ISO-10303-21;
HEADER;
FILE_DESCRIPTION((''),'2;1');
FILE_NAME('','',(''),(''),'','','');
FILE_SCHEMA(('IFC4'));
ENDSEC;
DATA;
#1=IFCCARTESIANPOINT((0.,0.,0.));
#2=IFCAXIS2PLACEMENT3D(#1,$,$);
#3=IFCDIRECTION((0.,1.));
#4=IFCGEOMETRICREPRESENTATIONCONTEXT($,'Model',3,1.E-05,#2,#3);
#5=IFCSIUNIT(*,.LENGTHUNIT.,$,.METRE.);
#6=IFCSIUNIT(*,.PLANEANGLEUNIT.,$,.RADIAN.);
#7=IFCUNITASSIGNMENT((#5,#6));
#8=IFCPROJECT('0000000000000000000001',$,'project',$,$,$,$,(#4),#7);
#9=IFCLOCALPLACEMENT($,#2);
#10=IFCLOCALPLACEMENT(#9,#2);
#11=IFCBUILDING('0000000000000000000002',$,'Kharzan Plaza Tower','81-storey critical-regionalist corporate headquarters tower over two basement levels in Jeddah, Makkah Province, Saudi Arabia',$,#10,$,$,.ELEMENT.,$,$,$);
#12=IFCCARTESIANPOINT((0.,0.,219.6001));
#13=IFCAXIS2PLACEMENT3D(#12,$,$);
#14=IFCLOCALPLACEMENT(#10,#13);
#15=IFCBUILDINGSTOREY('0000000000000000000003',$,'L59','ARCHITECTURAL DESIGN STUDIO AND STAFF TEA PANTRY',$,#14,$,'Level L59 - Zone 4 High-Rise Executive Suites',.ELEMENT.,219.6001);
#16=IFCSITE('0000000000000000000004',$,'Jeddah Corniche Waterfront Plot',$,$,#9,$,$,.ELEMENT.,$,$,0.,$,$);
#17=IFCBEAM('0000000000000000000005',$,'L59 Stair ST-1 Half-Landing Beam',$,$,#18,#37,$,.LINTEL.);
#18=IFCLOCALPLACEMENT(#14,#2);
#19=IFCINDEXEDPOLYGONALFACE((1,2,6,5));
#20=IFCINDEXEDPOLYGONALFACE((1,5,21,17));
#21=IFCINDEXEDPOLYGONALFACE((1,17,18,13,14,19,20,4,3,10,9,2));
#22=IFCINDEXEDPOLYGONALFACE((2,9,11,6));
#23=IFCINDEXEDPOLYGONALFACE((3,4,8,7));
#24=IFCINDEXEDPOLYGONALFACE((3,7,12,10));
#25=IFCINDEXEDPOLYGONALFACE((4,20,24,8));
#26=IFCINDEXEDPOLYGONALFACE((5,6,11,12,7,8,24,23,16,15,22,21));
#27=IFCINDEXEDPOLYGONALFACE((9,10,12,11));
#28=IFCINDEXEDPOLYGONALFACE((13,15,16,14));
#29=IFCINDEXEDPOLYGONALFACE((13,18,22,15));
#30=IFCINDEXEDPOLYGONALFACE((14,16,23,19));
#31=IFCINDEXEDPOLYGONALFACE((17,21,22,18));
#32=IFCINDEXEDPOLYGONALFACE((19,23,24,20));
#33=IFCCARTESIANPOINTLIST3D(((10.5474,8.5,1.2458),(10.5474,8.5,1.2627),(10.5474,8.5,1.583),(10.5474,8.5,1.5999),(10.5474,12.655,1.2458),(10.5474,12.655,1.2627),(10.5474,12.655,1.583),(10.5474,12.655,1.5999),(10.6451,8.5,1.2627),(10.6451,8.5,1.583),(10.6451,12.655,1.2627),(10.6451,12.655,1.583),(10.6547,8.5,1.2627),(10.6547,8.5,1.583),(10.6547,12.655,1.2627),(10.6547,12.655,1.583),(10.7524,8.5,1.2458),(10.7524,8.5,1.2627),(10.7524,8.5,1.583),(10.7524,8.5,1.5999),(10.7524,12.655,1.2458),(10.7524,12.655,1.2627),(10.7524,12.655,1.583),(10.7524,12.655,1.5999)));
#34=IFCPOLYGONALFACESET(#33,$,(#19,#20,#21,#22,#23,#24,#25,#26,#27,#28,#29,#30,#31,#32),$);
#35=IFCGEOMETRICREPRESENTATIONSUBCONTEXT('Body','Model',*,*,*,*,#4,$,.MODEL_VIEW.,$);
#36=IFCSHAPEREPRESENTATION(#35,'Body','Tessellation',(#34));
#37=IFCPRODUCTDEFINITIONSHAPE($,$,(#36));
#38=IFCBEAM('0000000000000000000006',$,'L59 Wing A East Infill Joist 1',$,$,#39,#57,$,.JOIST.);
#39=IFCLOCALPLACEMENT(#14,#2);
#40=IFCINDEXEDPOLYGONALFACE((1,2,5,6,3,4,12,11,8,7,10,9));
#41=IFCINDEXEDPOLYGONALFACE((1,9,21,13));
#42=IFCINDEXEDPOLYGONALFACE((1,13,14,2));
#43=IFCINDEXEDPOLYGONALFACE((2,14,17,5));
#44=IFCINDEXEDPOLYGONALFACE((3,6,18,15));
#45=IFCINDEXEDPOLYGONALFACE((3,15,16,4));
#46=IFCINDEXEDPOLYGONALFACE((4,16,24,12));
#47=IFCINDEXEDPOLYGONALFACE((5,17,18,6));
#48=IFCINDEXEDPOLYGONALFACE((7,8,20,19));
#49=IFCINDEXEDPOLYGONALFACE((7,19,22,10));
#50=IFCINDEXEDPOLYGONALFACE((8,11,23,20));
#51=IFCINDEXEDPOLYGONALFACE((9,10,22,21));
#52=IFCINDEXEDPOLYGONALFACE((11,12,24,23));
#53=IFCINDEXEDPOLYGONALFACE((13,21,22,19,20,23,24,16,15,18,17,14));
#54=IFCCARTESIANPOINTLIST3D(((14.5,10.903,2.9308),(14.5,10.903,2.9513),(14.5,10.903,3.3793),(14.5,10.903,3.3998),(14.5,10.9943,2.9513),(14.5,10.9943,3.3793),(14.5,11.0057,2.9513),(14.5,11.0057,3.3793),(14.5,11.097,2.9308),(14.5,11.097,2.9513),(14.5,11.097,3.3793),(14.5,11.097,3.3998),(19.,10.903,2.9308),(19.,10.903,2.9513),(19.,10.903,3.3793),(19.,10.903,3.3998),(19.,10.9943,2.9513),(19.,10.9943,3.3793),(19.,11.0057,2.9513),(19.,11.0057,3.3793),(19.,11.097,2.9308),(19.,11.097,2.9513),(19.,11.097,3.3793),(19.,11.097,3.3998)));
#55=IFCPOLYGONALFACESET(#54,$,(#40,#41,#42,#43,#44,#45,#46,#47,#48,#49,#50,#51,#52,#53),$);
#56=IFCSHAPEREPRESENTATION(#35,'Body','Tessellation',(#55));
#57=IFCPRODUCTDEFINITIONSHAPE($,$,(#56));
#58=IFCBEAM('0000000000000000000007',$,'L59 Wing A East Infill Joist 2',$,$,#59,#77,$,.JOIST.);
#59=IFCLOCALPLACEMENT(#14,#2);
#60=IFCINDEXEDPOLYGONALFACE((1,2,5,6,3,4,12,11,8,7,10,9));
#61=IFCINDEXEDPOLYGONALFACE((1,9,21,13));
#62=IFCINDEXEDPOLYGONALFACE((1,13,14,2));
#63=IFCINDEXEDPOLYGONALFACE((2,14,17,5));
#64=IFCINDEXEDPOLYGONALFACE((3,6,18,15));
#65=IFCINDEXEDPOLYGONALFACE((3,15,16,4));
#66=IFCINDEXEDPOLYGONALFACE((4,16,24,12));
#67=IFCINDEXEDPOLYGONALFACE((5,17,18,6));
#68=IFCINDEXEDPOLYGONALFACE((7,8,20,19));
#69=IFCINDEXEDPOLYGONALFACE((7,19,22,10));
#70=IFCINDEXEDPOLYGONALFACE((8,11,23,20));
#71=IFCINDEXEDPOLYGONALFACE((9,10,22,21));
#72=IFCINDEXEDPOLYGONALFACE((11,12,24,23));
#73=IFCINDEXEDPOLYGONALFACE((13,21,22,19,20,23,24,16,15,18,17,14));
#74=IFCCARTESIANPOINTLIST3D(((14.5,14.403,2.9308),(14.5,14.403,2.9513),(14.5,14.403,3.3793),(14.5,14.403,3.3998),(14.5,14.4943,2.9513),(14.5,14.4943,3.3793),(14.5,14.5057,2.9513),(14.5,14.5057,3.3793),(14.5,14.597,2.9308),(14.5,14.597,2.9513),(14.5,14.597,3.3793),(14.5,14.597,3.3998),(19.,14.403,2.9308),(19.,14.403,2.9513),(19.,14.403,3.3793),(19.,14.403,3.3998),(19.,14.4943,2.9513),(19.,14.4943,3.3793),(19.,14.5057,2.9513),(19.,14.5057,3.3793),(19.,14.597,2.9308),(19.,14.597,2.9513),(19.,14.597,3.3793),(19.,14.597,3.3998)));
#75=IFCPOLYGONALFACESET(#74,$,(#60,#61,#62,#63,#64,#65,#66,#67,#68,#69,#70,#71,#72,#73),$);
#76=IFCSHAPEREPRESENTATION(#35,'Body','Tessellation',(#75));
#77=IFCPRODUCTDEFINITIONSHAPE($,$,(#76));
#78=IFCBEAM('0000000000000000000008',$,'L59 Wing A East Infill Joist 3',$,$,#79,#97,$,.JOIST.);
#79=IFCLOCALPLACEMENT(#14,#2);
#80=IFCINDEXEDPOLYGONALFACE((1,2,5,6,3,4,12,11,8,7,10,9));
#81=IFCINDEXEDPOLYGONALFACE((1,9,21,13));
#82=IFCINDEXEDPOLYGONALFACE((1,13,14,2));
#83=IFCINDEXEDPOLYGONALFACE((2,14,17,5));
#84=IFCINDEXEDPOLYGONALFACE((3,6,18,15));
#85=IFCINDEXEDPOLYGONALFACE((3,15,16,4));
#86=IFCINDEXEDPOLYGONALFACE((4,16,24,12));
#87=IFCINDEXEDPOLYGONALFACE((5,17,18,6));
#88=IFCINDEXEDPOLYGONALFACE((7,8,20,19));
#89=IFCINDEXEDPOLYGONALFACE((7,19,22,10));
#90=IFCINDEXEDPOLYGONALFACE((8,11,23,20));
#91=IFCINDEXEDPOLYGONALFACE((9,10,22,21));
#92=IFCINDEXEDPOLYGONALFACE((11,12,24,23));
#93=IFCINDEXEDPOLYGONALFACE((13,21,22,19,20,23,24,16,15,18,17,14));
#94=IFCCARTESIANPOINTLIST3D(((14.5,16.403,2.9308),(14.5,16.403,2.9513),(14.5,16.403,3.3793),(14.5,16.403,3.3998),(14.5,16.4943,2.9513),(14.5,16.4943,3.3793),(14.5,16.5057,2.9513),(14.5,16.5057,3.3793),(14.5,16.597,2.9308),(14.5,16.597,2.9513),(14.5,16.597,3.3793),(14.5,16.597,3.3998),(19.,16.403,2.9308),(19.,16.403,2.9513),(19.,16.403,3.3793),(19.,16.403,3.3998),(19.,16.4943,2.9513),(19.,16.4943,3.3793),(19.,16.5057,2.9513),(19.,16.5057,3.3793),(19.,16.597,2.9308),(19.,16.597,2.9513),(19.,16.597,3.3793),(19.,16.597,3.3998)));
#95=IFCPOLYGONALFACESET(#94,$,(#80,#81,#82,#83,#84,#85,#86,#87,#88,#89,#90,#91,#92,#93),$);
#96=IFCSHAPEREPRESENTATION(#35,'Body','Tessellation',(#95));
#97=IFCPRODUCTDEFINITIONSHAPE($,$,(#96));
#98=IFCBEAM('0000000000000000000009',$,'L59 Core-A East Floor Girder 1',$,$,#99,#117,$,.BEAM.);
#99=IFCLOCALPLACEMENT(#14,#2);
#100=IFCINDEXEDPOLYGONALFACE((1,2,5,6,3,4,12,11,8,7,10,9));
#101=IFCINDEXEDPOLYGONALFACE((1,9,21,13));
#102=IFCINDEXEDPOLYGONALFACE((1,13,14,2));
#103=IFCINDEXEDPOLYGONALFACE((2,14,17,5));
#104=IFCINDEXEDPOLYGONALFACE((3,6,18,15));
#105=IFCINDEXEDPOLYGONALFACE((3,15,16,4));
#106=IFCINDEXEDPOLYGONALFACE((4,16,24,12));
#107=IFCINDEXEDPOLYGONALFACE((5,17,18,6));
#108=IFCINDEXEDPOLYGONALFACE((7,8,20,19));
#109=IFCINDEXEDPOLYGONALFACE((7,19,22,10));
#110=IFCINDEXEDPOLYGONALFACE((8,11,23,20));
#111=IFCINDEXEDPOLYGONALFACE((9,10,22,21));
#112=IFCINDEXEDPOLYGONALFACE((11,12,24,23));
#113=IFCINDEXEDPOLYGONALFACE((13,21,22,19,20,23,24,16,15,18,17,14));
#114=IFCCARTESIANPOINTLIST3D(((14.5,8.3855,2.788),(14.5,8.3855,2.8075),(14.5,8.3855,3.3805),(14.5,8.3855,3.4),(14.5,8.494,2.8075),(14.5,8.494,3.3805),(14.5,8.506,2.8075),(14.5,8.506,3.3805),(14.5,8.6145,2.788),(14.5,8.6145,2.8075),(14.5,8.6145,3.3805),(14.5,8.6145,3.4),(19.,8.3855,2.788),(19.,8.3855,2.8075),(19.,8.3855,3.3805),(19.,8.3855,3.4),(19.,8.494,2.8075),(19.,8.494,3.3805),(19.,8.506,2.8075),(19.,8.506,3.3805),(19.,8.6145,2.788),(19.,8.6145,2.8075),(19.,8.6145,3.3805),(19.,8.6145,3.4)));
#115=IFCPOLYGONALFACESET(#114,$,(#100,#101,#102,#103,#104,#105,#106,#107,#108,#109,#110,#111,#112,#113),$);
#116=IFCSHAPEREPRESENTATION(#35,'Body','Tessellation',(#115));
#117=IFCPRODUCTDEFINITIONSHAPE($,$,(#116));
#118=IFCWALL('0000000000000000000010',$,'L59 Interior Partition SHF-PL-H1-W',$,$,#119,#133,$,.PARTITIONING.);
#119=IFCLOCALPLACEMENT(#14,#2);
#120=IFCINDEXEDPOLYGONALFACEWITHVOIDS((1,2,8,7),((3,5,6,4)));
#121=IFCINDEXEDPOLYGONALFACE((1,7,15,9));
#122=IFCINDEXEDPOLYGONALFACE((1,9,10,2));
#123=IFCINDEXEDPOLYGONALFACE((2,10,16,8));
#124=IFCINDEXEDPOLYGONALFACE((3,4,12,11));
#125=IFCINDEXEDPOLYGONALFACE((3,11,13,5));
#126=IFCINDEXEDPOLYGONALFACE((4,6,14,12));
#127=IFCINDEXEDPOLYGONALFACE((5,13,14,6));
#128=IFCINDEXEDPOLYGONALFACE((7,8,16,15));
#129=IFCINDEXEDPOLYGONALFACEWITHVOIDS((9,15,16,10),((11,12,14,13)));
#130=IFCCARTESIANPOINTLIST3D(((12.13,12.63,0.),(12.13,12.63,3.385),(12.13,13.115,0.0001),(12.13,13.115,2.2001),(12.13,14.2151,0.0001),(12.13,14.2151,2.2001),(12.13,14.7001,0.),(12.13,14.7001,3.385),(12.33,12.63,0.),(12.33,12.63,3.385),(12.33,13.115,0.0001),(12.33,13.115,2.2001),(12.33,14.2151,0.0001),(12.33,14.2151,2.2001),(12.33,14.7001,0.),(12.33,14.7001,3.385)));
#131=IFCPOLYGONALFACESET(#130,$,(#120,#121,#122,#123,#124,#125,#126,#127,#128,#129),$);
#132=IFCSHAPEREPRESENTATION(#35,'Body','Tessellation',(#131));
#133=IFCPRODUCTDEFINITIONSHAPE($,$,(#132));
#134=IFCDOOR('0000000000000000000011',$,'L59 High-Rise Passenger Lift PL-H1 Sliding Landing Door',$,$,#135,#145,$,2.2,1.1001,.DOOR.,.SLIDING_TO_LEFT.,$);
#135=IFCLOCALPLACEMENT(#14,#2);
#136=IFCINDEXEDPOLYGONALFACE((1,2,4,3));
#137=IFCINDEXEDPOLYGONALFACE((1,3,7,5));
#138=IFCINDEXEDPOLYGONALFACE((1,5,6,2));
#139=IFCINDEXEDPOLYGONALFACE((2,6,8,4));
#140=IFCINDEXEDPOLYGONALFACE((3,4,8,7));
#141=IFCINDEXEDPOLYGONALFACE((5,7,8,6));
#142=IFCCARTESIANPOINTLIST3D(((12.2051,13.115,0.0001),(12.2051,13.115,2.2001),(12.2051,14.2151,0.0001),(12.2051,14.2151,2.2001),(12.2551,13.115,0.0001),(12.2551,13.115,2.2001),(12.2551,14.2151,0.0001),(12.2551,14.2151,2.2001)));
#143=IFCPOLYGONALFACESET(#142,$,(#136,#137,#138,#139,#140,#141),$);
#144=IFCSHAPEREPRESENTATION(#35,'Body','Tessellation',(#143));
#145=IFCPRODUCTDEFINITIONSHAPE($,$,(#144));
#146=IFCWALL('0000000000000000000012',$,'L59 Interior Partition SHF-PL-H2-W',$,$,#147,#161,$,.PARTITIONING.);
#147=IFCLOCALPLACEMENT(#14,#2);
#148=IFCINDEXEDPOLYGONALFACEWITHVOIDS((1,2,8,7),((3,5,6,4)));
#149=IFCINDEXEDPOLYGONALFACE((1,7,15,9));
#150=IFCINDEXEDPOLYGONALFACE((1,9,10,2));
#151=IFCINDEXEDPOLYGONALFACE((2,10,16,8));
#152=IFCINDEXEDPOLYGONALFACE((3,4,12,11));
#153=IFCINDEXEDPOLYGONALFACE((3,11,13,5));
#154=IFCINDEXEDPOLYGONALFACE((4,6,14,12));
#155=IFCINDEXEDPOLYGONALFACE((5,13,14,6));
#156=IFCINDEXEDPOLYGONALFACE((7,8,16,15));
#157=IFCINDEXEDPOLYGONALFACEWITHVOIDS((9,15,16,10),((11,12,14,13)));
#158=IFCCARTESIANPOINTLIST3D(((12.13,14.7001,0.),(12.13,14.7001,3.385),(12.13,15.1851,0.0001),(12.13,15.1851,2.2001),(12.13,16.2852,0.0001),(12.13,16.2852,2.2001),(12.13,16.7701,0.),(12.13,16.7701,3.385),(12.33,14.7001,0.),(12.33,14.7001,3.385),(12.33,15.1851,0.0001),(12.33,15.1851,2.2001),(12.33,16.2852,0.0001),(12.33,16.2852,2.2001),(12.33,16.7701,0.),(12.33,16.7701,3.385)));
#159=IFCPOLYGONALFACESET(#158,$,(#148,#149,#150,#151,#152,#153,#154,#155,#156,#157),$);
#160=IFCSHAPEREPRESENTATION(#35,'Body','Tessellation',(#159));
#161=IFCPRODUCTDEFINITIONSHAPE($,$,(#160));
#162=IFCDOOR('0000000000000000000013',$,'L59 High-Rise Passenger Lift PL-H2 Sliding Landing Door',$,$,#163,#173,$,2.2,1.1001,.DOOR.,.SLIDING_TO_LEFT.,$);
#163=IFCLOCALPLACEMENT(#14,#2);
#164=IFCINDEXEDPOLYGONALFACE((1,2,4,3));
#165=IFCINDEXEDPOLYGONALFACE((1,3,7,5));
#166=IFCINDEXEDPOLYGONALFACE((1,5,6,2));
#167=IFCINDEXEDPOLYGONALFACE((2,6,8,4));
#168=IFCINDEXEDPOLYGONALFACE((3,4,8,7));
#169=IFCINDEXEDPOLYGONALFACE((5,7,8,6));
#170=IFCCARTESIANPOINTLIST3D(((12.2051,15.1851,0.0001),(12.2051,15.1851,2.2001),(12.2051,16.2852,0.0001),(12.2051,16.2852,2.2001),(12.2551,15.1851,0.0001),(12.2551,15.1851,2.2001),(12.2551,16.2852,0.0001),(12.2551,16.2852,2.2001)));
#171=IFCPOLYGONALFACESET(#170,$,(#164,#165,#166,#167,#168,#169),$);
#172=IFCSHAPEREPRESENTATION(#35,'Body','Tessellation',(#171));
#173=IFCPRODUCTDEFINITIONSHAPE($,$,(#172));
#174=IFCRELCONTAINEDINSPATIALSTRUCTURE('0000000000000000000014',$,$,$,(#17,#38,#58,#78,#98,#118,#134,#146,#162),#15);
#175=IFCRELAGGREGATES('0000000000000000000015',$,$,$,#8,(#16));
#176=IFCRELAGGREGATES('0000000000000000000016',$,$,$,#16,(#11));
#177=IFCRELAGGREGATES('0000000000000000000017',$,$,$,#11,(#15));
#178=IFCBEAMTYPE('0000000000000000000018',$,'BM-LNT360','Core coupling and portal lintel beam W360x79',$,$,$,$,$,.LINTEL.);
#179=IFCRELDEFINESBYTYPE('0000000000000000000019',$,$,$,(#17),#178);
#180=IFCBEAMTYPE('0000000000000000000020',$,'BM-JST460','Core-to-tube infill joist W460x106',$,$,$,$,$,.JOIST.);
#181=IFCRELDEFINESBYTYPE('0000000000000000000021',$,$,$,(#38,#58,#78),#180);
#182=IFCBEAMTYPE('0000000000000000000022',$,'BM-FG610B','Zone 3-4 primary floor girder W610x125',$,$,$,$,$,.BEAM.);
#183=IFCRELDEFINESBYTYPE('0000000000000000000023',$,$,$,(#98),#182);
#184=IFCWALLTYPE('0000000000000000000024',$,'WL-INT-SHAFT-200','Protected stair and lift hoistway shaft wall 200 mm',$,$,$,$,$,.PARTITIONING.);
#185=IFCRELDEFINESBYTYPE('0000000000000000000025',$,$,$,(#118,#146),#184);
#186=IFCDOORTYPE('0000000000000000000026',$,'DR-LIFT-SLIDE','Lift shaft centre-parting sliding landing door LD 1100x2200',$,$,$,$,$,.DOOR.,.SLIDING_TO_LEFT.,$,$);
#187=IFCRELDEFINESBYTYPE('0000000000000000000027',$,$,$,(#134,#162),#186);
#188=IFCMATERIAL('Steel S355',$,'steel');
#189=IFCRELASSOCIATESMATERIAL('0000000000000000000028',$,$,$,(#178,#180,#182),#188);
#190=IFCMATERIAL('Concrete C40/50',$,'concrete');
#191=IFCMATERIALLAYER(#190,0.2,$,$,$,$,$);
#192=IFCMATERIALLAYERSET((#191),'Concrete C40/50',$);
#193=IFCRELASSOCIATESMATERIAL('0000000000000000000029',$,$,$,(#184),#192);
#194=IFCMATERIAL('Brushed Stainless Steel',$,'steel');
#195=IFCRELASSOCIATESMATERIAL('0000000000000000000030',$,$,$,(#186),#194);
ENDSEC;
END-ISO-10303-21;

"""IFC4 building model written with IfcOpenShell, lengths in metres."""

from ifc_helpers import new_model, si_unit, direction, frame, frame_2d, origin, origin_2d, place, context, subcontext, project, spatial, rectangle, i_section, extrude, source, transform, mapped, material, layer, layer_set, material_profile, profile_set, type_object, element, fill, save


model = new_model("IFC4")

# Units and contexts
model_context = context("Model", 3, precision=1e-05, world=origin(), true_north=direction((0.0, 1.0)))
body_context = subcontext(model_context, "Body", "Model", "MODEL_VIEW")
ifc_project = project(units=[si_unit("LENGTHUNIT", "METRE"), si_unit("PLANEANGLEUNIT", "RADIAN")], contexts=[model_context])

# Site, building, storey
site_placement = place(None, origin())
site = spatial("IfcSite", under=ifc_project, at=site_placement, Name="Jeddah Corniche Waterfront Plot", CompositionType="ELEMENT", RefElevation=0.0)
building_placement = place(site_placement, origin())
building = spatial("IfcBuilding", under=site, at=building_placement, Name="Kharzan Plaza Tower", Description="81-storey critical-regionalist corporate headquarters tower over two basement levels in Jeddah, Makkah Province, Saudi Arabia", CompositionType="ELEMENT")
storey_placement = place(building_placement, frame((0.0, 0.0, 219.6001)))
storey = spatial("IfcBuildingStorey", under=building, at=storey_placement, Name="L59", Description="ARCHITECTURAL DESIGN STUDIO AND STAFF TEA PANTRY", LongName="Level L59 - Zone 4 High-Rise Executive Suites", CompositionType="ELEMENT", Elevation=219.6001)

# Beams
ifc_material_1 = material(Name="Steel S355", Category="steel")
ifc_material_profile_1 = material_profile(ifc_material_1, i_section(OverallWidth=0.2051, OverallDepth=0.354, WebThickness=0.0095, FlangeThickness=0.0168, at=origin_2d()), Name="W360x79")
ifc_profile_set_1 = profile_set([ifc_material_profile_1], Name="Steel S355")
beam_type_1 = type_object("IfcBeamType", Name="BM-LNT360", Description="Core coupling and portal lintel beam W360x79", PredefinedType="LINTEL", material=ifc_profile_set_1)
shared_shape_1 = source(origin(), body_context, "Body", "SweptSolid", [
    extrude(i_section(OverallWidth=0.2051, OverallDepth=0.354, WebThickness=0.0095, FlangeThickness=0.0168, at=origin_2d()), origin(), (0.0, 0.0, 1.0), 4.155),
])
beam_1_placement = place(storey_placement, frame((10.6499, 8.5, 1.4229), z_axis=(0.0, 1.0, 0.0), x_axis=(-1.0, 0.0, 0.0)))
element("IfcBeam", 1, at=beam_1_placement, inside=storey, type_object=beam_type_1, Name="L59 Stair ST-1 Half-Landing Beam", PredefinedType="LINTEL", context=body_context, shape_type="MappedRepresentation", body=[
    mapped(shared_shape_1, transform((0.0, 0.0, 0.0), x_axis=(1.0, 0.0, 0.0), y_axis=(0.0, 1.0, 0.0), z_axis=(0.0, 0.0, 1.0))),
])
ifc_material_profile_2 = material_profile(ifc_material_1, i_section(OverallWidth=0.1941, OverallDepth=0.469, WebThickness=0.0115, FlangeThickness=0.0205, at=origin_2d()), Name="W460x106")
ifc_profile_set_2 = profile_set([ifc_material_profile_2], Name="Steel S355")
beam_type_2 = type_object("IfcBeamType", Name="BM-JST460", Description="Core-to-tube infill joist W460x106", PredefinedType="JOIST", material=ifc_profile_set_2)
shared_shape_2 = source(origin(), body_context, "Body", "SweptSolid", [
    extrude(i_section(OverallWidth=0.1941, OverallDepth=0.469, WebThickness=0.0115, FlangeThickness=0.0205, at=origin_2d()), origin(), (0.0, 0.0, 1.0), 4.5),
])
for number, where, z_axis, x_axis, name in (
    (2, (14.5, 11.0, 3.1653), (1.0, 0.0, 0.0), (0.0, 1.0, 0.0), "L59 Wing A East Infill Joist 1"),
    (3, (14.5, 14.5, 3.1653), (1.0, 0.0, 0.0), (0.0, 1.0, 0.0), "L59 Wing A East Infill Joist 2"),
    (4, (14.5, 16.5, 3.1653), (1.0, 0.0, 0.0), (0.0, 1.0, 0.0), "L59 Wing A East Infill Joist 3"),
):
    element("IfcBeam", number, at=place(storey_placement, frame(where, z_axis=z_axis, x_axis=x_axis)), inside=storey, type_object=beam_type_2, Name=name, PredefinedType="JOIST", context=body_context, shape_type="MappedRepresentation", body=[
        mapped(shared_shape_2, transform((0.0, 0.0, 0.0), x_axis=(1.0, 0.0, 0.0), y_axis=(0.0, 1.0, 0.0), z_axis=(0.0, 0.0, 1.0))),
    ])
ifc_material_profile_3 = material_profile(ifc_material_1, i_section(OverallWidth=0.229, OverallDepth=0.6121, WebThickness=0.012, FlangeThickness=0.0195, at=origin_2d()), Name="W610x125")
ifc_profile_set_3 = profile_set([ifc_material_profile_3], Name="Steel S355")
beam_type_3 = type_object("IfcBeamType", Name="BM-FG610B", Description="Zone 3-4 primary floor girder W610x125", PredefinedType="BEAM", material=ifc_profile_set_3)
shared_shape_3 = source(origin(), body_context, "Body", "SweptSolid", [
    extrude(i_section(OverallWidth=0.229, OverallDepth=0.6121, WebThickness=0.012, FlangeThickness=0.0195, at=origin_2d()), origin(), (0.0, 0.0, 1.0), 4.5),
])
beam_2_placement = place(storey_placement, frame((14.5, 8.5, 3.094), z_axis=(1.0, 0.0, 0.0), x_axis=(0.0, 1.0, 0.0)))
element("IfcBeam", 5, at=beam_2_placement, inside=storey, type_object=beam_type_3, Name="L59 Core-A East Floor Girder 1", PredefinedType="BEAM", context=body_context, shape_type="MappedRepresentation", body=[
    mapped(shared_shape_3, transform((0.0, 0.0, 0.0), x_axis=(1.0, 0.0, 0.0), y_axis=(0.0, 1.0, 0.0), z_axis=(0.0, 0.0, 1.0))),
])

# Walls, openings, doors
ifc_material_2 = material(Name="Concrete C40/50", Category="concrete")
ifc_layer_1 = layer(ifc_material_2, 0.2)
ifc_layer_set_1 = layer_set([ifc_layer_1], Name="Concrete C40/50")
wall_type_1 = type_object("IfcWallType", Name="WL-INT-SHAFT-200", Description="Protected stair and lift hoistway shaft wall 200 mm", PredefinedType="PARTITIONING", material=ifc_layer_set_1)
wall_1_placement = place(storey_placement, frame((12.23, 12.6299, 0.0), z_axis=(0.0, 0.0, 1.0), x_axis=(0.0, 1.0, 0.0)))
wall_1 = element("IfcWall", 6, at=wall_1_placement, inside=storey, type_object=wall_type_1, Name="L59 Interior Partition SHF-PL-H1-W", PredefinedType="PARTITIONING", context=body_context, shape_type="SweptSolid", body=[
    extrude(rectangle(XDim=2.0701, YDim=0.2, at=frame_2d((1.0352, 0.0))), origin(), (0.0, 0.0, 1.0), 3.385),
])
opening_1_placement = place(wall_1_placement, frame((0.4851, 0.0, 0.0)))
opening_1 = element("IfcOpeningElement", 7, at=opening_1_placement, cuts=wall_1, PredefinedType="OPENING", context=body_context, shape_type="SweptSolid", body=[
    extrude(rectangle(XDim=1.1001, YDim=2.2, at=frame_2d((0.55, 1.1001))), frame((0.0, 0.1099, 0.0), z_axis=(0.0, -1.0, 0.0), x_axis=(1.0, 0.0, 0.0)), (0.0, 0.0, 1.0), 0.22),
])
ifc_material_3 = material(Name="Brushed Stainless Steel", Category="steel")
door_type = type_object("IfcDoorType", Name="DR-LIFT-SLIDE", Description="Lift shaft centre-parting sliding landing door LD 1100x2200", OperationType="SLIDING_TO_LEFT", PredefinedType="DOOR", material=ifc_material_3)
shared_shape_4 = source(origin(), body_context, "Body", "SweptSolid", [
    extrude(rectangle(XDim=1.1001, YDim=2.2, at=frame_2d((0.55, 1.1001))), frame((0.0, 0.0249, 0.0), z_axis=(0.0, -1.0, 0.0), x_axis=(1.0, 0.0, 0.0)), (0.0, 0.0, 1.0), 0.05),
])
door_1_placement = place(opening_1_placement, origin())
door_1 = element("IfcDoor", 8, at=door_1_placement, inside=storey, type_object=door_type, Name="L59 High-Rise Passenger Lift PL-H1 Sliding Landing Door", OperationType="SLIDING_TO_LEFT", OverallHeight=2.2, OverallWidth=1.1001, PredefinedType="DOOR", context=body_context, shape_type="MappedRepresentation", body=[
    mapped(shared_shape_4, transform((0.0, 0.0, 0.0), x_axis=(1.0, 0.0, 0.0), y_axis=(0.0, 1.0, 0.0), z_axis=(0.0, 0.0, 1.0))),
])
fill(opening_1, door_1)
wall_2_placement = place(storey_placement, frame((12.23, 14.7, 0.0), z_axis=(0.0, 0.0, 1.0), x_axis=(0.0, 1.0, 0.0)))
wall_2 = element("IfcWall", 9, at=wall_2_placement, inside=storey, type_object=wall_type_1, Name="L59 Interior Partition SHF-PL-H2-W", PredefinedType="PARTITIONING", context=body_context, shape_type="SweptSolid", body=[
    extrude(rectangle(XDim=2.0701, YDim=0.2, at=frame_2d((1.0352, 0.0))), origin(), (0.0, 0.0, 1.0), 3.385),
])
opening_2_placement = place(wall_2_placement, frame((0.4851, 0.0, 0.0)))
opening_2 = element("IfcOpeningElement", 10, at=opening_2_placement, cuts=wall_2, PredefinedType="OPENING", context=body_context, shape_type="SweptSolid", body=[
    extrude(rectangle(XDim=1.1001, YDim=2.2, at=frame_2d((0.55, 1.1001))), frame((0.0, 0.1099, 0.0), z_axis=(0.0, -1.0, 0.0), x_axis=(1.0, 0.0, 0.0)), (0.0, 0.0, 1.0), 0.22),
])
door_2_placement = place(opening_2_placement, origin())
door_2 = element("IfcDoor", 11, at=door_2_placement, inside=storey, type_object=door_type, Name="L59 High-Rise Passenger Lift PL-H2 Sliding Landing Door", OperationType="SLIDING_TO_LEFT", OverallHeight=2.2, OverallWidth=1.1001, PredefinedType="DOOR", context=body_context, shape_type="MappedRepresentation", body=[
    mapped(shared_shape_4, transform((0.0, 0.0, 0.0), x_axis=(1.0, 0.0, 0.0), y_axis=(0.0, 1.0, 0.0), z_axis=(0.0, 0.0, 1.0))),
])
fill(opening_2, door_2)

save(model, "model.ifc")
